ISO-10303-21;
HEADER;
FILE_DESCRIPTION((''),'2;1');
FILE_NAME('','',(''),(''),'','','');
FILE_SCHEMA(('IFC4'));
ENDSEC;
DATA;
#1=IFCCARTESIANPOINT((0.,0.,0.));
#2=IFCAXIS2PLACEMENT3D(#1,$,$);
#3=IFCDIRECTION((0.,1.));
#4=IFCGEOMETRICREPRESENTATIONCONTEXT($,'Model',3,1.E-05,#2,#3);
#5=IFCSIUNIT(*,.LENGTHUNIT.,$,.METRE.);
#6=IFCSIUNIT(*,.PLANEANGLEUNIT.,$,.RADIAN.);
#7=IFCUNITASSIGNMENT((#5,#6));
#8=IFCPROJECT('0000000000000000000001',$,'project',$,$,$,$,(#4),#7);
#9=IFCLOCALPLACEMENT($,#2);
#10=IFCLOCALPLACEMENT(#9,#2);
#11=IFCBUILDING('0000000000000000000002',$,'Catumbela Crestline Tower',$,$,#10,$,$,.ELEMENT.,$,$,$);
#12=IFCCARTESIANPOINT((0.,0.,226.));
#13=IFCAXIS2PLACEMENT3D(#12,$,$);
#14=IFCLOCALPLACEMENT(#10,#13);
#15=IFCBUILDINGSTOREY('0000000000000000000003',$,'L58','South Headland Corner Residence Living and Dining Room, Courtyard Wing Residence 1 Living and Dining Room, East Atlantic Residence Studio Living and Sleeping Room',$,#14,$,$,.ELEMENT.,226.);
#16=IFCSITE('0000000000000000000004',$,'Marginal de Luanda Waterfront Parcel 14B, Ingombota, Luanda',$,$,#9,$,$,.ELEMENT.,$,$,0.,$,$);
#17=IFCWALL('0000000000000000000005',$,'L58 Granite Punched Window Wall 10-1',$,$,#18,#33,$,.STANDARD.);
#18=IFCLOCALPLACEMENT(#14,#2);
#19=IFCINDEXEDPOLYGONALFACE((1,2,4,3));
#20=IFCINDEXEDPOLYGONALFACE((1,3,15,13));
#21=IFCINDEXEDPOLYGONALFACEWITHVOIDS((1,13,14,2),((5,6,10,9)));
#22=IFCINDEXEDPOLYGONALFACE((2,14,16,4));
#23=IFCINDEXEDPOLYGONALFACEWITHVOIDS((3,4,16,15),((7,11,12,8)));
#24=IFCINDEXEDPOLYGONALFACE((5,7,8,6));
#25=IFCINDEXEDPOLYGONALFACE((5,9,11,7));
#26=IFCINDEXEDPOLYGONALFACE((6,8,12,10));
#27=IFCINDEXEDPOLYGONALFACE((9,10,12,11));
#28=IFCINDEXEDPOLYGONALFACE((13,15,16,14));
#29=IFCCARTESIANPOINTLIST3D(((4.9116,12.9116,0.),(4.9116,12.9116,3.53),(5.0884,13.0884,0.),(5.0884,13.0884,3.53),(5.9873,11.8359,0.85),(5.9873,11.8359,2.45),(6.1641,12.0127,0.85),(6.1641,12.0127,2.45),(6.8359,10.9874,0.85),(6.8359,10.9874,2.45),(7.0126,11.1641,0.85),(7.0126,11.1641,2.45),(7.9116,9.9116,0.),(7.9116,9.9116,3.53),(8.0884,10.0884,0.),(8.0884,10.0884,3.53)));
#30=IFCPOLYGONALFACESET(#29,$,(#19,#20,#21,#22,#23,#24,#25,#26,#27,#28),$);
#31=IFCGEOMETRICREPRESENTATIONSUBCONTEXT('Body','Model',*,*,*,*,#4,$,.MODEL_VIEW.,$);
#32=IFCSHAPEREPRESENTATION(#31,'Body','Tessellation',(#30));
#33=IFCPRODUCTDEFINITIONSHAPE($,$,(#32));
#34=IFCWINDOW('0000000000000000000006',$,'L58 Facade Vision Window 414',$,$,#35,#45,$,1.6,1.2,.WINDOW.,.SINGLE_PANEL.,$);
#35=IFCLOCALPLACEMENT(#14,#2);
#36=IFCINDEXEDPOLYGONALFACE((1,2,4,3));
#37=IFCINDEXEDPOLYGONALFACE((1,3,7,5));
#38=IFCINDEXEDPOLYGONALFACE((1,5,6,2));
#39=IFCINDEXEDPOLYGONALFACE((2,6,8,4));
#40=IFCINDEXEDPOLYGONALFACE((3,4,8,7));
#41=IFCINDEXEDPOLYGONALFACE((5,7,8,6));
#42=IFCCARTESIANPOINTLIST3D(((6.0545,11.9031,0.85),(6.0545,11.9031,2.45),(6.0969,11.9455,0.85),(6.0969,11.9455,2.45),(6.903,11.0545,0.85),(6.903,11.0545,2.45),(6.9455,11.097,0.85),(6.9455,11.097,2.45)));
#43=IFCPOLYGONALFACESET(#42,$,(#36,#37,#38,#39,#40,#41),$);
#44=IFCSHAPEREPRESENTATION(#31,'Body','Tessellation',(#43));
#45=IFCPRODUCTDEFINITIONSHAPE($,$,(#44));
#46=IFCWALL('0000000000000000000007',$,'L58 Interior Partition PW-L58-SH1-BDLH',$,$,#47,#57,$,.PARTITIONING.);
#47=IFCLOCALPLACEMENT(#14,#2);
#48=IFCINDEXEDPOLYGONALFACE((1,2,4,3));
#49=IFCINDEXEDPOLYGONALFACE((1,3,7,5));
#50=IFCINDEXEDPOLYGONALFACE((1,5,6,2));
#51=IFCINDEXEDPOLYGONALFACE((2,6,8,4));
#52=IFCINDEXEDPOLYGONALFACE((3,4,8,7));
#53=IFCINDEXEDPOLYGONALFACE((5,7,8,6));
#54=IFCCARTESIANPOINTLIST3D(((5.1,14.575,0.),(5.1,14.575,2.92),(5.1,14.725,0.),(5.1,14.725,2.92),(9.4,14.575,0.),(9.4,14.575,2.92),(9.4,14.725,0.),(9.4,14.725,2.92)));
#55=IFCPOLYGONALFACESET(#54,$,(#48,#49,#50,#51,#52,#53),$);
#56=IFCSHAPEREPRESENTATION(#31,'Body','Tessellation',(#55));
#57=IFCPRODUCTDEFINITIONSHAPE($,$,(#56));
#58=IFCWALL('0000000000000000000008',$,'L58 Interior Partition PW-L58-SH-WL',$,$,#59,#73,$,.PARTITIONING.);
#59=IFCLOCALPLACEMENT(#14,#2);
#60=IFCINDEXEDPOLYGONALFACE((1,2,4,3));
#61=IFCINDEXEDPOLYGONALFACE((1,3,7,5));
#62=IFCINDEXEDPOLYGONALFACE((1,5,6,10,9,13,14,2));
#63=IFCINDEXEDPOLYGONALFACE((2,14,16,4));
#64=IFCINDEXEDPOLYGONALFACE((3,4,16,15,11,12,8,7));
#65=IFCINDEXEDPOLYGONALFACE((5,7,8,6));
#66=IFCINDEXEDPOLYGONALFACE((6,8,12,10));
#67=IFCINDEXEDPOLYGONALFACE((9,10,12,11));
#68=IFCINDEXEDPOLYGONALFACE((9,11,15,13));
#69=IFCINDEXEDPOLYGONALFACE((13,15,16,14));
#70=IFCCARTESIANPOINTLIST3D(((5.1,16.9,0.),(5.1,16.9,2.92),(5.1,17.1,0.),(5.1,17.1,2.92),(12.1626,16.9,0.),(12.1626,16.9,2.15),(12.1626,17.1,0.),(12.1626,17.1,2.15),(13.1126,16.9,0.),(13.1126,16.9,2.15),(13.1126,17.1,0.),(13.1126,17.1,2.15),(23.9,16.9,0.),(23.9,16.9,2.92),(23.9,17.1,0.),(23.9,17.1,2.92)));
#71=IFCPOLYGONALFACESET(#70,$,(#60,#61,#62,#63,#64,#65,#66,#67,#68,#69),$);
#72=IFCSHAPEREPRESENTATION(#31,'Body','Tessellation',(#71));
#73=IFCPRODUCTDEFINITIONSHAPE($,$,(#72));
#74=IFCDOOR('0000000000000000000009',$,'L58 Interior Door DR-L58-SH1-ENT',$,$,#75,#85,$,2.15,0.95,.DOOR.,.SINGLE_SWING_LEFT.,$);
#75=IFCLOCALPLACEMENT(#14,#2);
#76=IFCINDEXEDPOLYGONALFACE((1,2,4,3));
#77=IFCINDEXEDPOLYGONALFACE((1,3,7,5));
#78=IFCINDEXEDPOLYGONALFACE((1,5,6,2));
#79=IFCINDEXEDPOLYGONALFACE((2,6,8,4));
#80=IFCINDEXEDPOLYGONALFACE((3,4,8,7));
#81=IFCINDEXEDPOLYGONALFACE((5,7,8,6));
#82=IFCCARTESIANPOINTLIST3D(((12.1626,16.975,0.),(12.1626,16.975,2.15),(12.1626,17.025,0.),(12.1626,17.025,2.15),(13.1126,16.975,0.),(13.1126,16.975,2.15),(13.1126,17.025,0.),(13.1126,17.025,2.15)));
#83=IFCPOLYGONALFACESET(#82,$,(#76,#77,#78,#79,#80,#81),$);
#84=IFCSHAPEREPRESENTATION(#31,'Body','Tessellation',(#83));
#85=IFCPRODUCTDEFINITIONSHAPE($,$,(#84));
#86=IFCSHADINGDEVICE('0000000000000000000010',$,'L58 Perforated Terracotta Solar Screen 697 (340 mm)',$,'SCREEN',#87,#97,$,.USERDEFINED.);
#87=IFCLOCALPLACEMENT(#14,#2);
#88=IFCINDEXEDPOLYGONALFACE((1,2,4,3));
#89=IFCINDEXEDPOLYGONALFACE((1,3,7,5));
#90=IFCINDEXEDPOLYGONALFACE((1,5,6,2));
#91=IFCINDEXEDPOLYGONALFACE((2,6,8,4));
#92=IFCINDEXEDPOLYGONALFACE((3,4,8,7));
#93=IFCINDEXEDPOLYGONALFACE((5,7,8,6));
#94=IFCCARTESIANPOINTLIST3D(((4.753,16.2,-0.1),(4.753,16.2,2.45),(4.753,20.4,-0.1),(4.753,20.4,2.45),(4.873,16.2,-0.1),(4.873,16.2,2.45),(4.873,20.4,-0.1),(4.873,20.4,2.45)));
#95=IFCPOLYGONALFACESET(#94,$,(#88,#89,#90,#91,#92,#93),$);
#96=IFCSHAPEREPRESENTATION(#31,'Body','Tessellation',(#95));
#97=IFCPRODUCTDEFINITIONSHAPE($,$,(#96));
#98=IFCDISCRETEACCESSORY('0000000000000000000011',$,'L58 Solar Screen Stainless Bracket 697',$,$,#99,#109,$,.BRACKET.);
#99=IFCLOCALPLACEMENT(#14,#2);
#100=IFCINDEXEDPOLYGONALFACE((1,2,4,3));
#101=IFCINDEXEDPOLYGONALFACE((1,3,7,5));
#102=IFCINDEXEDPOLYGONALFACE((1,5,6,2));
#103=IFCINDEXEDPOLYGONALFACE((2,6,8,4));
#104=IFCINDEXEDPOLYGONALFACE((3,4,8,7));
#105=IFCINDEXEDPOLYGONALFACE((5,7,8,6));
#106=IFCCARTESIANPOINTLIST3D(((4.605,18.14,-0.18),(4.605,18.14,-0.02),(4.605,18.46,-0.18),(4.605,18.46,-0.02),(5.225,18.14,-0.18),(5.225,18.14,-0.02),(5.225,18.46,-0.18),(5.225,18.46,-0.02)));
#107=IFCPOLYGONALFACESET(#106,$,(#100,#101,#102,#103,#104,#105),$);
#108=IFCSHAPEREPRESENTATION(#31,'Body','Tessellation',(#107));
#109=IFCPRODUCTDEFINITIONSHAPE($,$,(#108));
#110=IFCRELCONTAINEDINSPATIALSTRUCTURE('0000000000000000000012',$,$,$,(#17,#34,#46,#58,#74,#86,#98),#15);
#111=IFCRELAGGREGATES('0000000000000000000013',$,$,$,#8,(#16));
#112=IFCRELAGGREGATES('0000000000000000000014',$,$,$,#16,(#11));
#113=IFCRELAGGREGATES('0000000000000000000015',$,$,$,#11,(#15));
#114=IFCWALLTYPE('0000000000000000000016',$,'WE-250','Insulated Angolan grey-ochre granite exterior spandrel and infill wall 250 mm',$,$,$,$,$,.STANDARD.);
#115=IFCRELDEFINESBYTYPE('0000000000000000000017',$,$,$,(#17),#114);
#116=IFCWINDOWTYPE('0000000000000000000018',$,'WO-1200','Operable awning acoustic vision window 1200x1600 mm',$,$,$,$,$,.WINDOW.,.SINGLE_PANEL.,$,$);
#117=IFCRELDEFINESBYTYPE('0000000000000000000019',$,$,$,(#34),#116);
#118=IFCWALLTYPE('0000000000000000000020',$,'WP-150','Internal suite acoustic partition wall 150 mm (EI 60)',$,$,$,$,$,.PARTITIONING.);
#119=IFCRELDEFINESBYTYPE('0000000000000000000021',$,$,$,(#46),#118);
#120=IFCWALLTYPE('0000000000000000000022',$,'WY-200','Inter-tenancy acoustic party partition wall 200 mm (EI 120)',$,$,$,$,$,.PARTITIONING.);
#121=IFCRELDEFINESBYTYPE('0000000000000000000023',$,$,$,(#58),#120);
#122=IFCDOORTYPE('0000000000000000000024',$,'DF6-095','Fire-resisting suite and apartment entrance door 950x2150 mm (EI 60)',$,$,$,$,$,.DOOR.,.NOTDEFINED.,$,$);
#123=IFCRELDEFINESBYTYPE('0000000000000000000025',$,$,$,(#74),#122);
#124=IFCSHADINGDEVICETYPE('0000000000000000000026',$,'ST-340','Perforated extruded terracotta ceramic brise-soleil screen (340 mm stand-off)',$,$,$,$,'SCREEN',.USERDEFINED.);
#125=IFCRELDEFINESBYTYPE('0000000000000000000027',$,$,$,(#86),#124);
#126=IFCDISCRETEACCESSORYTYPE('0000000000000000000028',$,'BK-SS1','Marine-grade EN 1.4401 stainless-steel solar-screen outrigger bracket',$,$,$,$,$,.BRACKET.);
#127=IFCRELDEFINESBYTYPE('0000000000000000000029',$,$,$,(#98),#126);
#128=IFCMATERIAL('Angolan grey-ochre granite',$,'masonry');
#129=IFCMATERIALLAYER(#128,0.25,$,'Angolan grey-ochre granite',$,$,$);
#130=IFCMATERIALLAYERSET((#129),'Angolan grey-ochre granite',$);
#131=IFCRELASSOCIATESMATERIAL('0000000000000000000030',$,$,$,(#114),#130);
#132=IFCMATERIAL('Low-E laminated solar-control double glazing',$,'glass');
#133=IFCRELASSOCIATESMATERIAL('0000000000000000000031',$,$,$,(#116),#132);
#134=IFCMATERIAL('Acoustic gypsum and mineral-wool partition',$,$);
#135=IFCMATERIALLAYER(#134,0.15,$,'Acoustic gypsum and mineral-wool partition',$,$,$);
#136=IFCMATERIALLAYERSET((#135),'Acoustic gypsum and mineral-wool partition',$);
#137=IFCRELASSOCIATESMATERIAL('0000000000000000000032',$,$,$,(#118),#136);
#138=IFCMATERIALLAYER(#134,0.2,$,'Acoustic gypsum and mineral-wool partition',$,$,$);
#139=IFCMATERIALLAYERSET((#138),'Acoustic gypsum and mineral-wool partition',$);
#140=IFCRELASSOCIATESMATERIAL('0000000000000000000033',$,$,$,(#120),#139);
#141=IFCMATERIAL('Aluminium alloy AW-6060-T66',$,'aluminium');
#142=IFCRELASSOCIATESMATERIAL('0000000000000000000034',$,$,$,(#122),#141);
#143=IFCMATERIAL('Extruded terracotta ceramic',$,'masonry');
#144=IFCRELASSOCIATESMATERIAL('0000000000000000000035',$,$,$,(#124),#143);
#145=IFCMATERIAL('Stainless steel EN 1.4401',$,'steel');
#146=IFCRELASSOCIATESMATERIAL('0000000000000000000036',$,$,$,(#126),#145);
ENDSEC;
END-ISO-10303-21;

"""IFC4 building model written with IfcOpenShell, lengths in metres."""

from ifc_helpers import new_model, si_unit, direction, frame, frame_2d, origin, origin_2d, place, context, subcontext, project, spatial, rectangle, extrude, material, layer, layer_set, type_object, element, fill, save


model = new_model("IFC4")

# Units and contexts
model_context = context("Model", 3, precision=1e-05, world=origin(), true_north=direction((0.0, 1.0)))
body_context = subcontext(model_context, "Body", "Model", "MODEL_VIEW")
ifc_project = project(units=[si_unit("LENGTHUNIT", "METRE"), si_unit("PLANEANGLEUNIT", "RADIAN")], contexts=[model_context])

# Site, building, storey
site_placement = place(None, origin())
site = spatial("IfcSite", under=ifc_project, at=site_placement, Name="Marginal de Luanda Waterfront Parcel 14B, Ingombota, Luanda", CompositionType="ELEMENT", RefElevation=0.0)
building_placement = place(site_placement, origin())
building = spatial("IfcBuilding", under=site, at=building_placement, Name="Catumbela Crestline Tower", CompositionType="ELEMENT")
storey_placement = place(building_placement, frame((0.0, 0.0, 226.0)))
storey = spatial("IfcBuildingStorey", under=building, at=storey_placement, Name="L58", Description="South Headland Corner Residence Living and Dining Room, Courtyard Wing Residence 1 Living and Dining Room, East Atlantic Residence Studio Living and Sleeping Room", CompositionType="ELEMENT", Elevation=226.0)

# Shared definitions
ifc_material_1 = material(Name="Aluminium alloy AW-6060-T66", Category="aluminium")
ifc_material_2 = material(Name="Low-E laminated solar-control double glazing", Category="glass")

# Wall, opening, window
ifc_material_3 = material(Name="Angolan grey-ochre granite", Category="masonry")
ifc_layer_1 = layer(ifc_material_3, 0.25, Name="Angolan grey-ochre granite")
ifc_layer_set_1 = layer_set([ifc_layer_1], Name="Angolan grey-ochre granite")
wall_type_1 = type_object("IfcWallType", Name="WE-250", Description="Insulated Angolan grey-ochre granite exterior spandrel and infill wall 250 mm", PredefinedType="STANDARD", material=ifc_layer_set_1)
wall_1_placement = place(storey_placement, frame((5.0, 13.0, 0.0), z_axis=(0.0, 0.0, 1.0), x_axis=(0.707107, -0.707107, 0.0)))
wall_1 = element("IfcWall", 1, at=wall_1_placement, inside=storey, type_object=wall_type_1, Name="L58 Granite Punched Window Wall 10-1", PredefinedType="STANDARD", context=body_context, shape_type="SweptSolid", body=[
    extrude(rectangle(XDim=4.2426, YDim=0.25, at=frame_2d((2.1213, 0.0))), origin(), (0.0, 0.0, 1.0), 3.53),
])
opening_1_placement = place(wall_1_placement, frame((1.5213, 0.0, 0.85)))
opening_1 = element("IfcOpeningElement", 2, at=opening_1_placement, cuts=wall_1, PredefinedType="OPENING", context=body_context, shape_type="SweptSolid", body=[
    extrude(rectangle(XDim=1.2, YDim=1.6, at=frame_2d((0.6, 0.8))), frame((0.0, 0.135, 0.0), z_axis=(0.0, -1.0, 0.0), x_axis=(1.0, 0.0, 0.0)), (0.0, 0.0, 1.0), 0.27),
])
window_type = type_object("IfcWindowType", Name="WO-1200", Description="Operable awning acoustic vision window 1200x1600 mm", PartitioningType="SINGLE_PANEL", PredefinedType="WINDOW", material=ifc_material_2)
window_placement = place(opening_1_placement, origin())
window = element("IfcWindow", 3, at=window_placement, inside=storey, type_object=window_type, Name="L58 Facade Vision Window 414", OverallHeight=1.6, OverallWidth=1.2, PartitioningType="SINGLE_PANEL", PredefinedType="WINDOW", context=body_context, shape_type="SweptSolid", body=[
    extrude(rectangle(XDim=1.2, YDim=1.6, at=frame_2d((0.6, 0.8))), frame((0.0, 0.03, 0.0), z_axis=(0.0, -1.0, 0.0), x_axis=(1.0, 0.0, 0.0)), (0.0, 0.0, 1.0), 0.06),
])
fill(opening_1, window)

# Wall
ifc_material_4 = material(Name="Acoustic gypsum and mineral-wool partition")
ifc_layer_2 = layer(ifc_material_4, 0.15, Name="Acoustic gypsum and mineral-wool partition")
ifc_layer_set_2 = layer_set([ifc_layer_2], Name="Acoustic gypsum and mineral-wool partition")
wall_type_2 = type_object("IfcWallType", Name="WP-150", Description="Internal suite acoustic partition wall 150 mm (EI 60)", PredefinedType="PARTITIONING", material=ifc_layer_set_2)
wall_2_placement = place(storey_placement, frame((5.1, 14.65, 0.0), z_axis=(0.0, 0.0, 1.0), x_axis=(1.0, 0.0, 0.0)))
element("IfcWall", 4, at=wall_2_placement, inside=storey, type_object=wall_type_2, Name="L58 Interior Partition PW-L58-SH1-BDLH", PredefinedType="PARTITIONING", context=body_context, shape_type="SweptSolid", body=[
    extrude(rectangle(XDim=4.3, YDim=0.15, at=frame_2d((2.15, 0.0))), origin(), (0.0, 0.0, 1.0), 2.92),
])

# Wall, opening, door
ifc_layer_3 = layer(ifc_material_4, 0.2, Name="Acoustic gypsum and mineral-wool partition")
ifc_layer_set_3 = layer_set([ifc_layer_3], Name="Acoustic gypsum and mineral-wool partition")
wall_type_3 = type_object("IfcWallType", Name="WY-200", Description="Inter-tenancy acoustic party partition wall 200 mm (EI 120)", PredefinedType="PARTITIONING", material=ifc_layer_set_3)
wall_3_placement = place(storey_placement, frame((5.1, 17.0, 0.0), z_axis=(0.0, 0.0, 1.0), x_axis=(1.0, 0.0, 0.0)))
wall_3 = element("IfcWall", 5, at=wall_3_placement, inside=storey, type_object=wall_type_3, Name="L58 Interior Partition PW-L58-SH-WL", PredefinedType="PARTITIONING", context=body_context, shape_type="SweptSolid", body=[
    extrude(rectangle(XDim=18.8, YDim=0.2, at=frame_2d((9.4, 0.0))), origin(), (0.0, 0.0, 1.0), 2.92),
])
opening_2_placement = place(wall_3_placement, frame((7.0626, 0.0, 0.0)))
opening_2 = element("IfcOpeningElement", 6, at=opening_2_placement, cuts=wall_3, PredefinedType="OPENING", context=body_context, shape_type="SweptSolid", body=[
    extrude(rectangle(XDim=0.95, YDim=2.15, at=frame_2d((0.475, 1.075))), frame((0.0, 0.11, 0.0), z_axis=(0.0, -1.0, 0.0), x_axis=(1.0, 0.0, 0.0)), (0.0, 0.0, 1.0), 0.22),
])
door_type = type_object("IfcDoorType", Name="DF6-095", Description="Fire-resisting suite and apartment entrance door 950x2150 mm (EI 60)", OperationType="NOTDEFINED", PredefinedType="DOOR", material=ifc_material_1)
door_placement = place(opening_2_placement, origin())
door = element("IfcDoor", 7, at=door_placement, inside=storey, type_object=door_type, Name="L58 Interior Door DR-L58-SH1-ENT", OperationType="SINGLE_SWING_LEFT", OverallHeight=2.15, OverallWidth=0.95, PredefinedType="DOOR", context=body_context, shape_type="SweptSolid", body=[
    extrude(rectangle(XDim=0.95, YDim=2.15, at=frame_2d((0.475, 1.075))), frame((0.0, 0.025, 0.0), z_axis=(0.0, -1.0, 0.0), x_axis=(1.0, 0.0, 0.0)), (0.0, 0.0, 1.0), 0.05),
])
fill(opening_2, door)

# Shading device
ifc_material_5 = material(Name="Extruded terracotta ceramic", Category="masonry")
shading_device_type = type_object("IfcShadingDeviceType", Name="ST-340", Description="Perforated extruded terracotta ceramic brise-soleil screen (340 mm stand-off)", ElementType="SCREEN", PredefinedType="USERDEFINED", material=ifc_material_5)
shading_device_placement = place(storey_placement, frame((4.813, 18.3, -0.1), z_axis=(0.0, 0.0, 1.0), x_axis=(0.0, -1.0, 0.0)))
element("IfcShadingDevice", 8, at=shading_device_placement, inside=storey, type_object=shading_device_type, Name="L58 Perforated Terracotta Solar Screen 697 (340 mm)", ObjectType="SCREEN", PredefinedType="USERDEFINED", context=body_context, shape_type="SweptSolid", body=[
    extrude(rectangle(XDim=4.2, YDim=0.12, at=origin_2d()), origin(), (0.0, 0.0, 1.0), 2.55),
])

# Discrete accessory
ifc_material_6 = material(Name="Stainless steel EN 1.4401", Category="steel")
discrete_accessory_type = type_object("IfcDiscreteAccessoryType", Name="BK-SS1", Description="Marine-grade EN 1.4401 stainless-steel solar-screen outrigger bracket", PredefinedType="BRACKET", material=ifc_material_6)
discrete_accessory_placement = place(storey_placement, frame((4.915, 18.3, -0.18), z_axis=(0.0, 0.0, 1.0), x_axis=(0.0, -1.0, 0.0)))
element("IfcDiscreteAccessory", 9, at=discrete_accessory_placement, inside=storey, type_object=discrete_accessory_type, Name="L58 Solar Screen Stainless Bracket 697", PredefinedType="BRACKET", context=body_context, shape_type="SweptSolid", body=[
    extrude(rectangle(XDim=0.32, YDim=0.62, at=origin_2d()), origin(), (0.0, 0.0, 1.0), 0.16),
])

save(model, "model.ifc")
